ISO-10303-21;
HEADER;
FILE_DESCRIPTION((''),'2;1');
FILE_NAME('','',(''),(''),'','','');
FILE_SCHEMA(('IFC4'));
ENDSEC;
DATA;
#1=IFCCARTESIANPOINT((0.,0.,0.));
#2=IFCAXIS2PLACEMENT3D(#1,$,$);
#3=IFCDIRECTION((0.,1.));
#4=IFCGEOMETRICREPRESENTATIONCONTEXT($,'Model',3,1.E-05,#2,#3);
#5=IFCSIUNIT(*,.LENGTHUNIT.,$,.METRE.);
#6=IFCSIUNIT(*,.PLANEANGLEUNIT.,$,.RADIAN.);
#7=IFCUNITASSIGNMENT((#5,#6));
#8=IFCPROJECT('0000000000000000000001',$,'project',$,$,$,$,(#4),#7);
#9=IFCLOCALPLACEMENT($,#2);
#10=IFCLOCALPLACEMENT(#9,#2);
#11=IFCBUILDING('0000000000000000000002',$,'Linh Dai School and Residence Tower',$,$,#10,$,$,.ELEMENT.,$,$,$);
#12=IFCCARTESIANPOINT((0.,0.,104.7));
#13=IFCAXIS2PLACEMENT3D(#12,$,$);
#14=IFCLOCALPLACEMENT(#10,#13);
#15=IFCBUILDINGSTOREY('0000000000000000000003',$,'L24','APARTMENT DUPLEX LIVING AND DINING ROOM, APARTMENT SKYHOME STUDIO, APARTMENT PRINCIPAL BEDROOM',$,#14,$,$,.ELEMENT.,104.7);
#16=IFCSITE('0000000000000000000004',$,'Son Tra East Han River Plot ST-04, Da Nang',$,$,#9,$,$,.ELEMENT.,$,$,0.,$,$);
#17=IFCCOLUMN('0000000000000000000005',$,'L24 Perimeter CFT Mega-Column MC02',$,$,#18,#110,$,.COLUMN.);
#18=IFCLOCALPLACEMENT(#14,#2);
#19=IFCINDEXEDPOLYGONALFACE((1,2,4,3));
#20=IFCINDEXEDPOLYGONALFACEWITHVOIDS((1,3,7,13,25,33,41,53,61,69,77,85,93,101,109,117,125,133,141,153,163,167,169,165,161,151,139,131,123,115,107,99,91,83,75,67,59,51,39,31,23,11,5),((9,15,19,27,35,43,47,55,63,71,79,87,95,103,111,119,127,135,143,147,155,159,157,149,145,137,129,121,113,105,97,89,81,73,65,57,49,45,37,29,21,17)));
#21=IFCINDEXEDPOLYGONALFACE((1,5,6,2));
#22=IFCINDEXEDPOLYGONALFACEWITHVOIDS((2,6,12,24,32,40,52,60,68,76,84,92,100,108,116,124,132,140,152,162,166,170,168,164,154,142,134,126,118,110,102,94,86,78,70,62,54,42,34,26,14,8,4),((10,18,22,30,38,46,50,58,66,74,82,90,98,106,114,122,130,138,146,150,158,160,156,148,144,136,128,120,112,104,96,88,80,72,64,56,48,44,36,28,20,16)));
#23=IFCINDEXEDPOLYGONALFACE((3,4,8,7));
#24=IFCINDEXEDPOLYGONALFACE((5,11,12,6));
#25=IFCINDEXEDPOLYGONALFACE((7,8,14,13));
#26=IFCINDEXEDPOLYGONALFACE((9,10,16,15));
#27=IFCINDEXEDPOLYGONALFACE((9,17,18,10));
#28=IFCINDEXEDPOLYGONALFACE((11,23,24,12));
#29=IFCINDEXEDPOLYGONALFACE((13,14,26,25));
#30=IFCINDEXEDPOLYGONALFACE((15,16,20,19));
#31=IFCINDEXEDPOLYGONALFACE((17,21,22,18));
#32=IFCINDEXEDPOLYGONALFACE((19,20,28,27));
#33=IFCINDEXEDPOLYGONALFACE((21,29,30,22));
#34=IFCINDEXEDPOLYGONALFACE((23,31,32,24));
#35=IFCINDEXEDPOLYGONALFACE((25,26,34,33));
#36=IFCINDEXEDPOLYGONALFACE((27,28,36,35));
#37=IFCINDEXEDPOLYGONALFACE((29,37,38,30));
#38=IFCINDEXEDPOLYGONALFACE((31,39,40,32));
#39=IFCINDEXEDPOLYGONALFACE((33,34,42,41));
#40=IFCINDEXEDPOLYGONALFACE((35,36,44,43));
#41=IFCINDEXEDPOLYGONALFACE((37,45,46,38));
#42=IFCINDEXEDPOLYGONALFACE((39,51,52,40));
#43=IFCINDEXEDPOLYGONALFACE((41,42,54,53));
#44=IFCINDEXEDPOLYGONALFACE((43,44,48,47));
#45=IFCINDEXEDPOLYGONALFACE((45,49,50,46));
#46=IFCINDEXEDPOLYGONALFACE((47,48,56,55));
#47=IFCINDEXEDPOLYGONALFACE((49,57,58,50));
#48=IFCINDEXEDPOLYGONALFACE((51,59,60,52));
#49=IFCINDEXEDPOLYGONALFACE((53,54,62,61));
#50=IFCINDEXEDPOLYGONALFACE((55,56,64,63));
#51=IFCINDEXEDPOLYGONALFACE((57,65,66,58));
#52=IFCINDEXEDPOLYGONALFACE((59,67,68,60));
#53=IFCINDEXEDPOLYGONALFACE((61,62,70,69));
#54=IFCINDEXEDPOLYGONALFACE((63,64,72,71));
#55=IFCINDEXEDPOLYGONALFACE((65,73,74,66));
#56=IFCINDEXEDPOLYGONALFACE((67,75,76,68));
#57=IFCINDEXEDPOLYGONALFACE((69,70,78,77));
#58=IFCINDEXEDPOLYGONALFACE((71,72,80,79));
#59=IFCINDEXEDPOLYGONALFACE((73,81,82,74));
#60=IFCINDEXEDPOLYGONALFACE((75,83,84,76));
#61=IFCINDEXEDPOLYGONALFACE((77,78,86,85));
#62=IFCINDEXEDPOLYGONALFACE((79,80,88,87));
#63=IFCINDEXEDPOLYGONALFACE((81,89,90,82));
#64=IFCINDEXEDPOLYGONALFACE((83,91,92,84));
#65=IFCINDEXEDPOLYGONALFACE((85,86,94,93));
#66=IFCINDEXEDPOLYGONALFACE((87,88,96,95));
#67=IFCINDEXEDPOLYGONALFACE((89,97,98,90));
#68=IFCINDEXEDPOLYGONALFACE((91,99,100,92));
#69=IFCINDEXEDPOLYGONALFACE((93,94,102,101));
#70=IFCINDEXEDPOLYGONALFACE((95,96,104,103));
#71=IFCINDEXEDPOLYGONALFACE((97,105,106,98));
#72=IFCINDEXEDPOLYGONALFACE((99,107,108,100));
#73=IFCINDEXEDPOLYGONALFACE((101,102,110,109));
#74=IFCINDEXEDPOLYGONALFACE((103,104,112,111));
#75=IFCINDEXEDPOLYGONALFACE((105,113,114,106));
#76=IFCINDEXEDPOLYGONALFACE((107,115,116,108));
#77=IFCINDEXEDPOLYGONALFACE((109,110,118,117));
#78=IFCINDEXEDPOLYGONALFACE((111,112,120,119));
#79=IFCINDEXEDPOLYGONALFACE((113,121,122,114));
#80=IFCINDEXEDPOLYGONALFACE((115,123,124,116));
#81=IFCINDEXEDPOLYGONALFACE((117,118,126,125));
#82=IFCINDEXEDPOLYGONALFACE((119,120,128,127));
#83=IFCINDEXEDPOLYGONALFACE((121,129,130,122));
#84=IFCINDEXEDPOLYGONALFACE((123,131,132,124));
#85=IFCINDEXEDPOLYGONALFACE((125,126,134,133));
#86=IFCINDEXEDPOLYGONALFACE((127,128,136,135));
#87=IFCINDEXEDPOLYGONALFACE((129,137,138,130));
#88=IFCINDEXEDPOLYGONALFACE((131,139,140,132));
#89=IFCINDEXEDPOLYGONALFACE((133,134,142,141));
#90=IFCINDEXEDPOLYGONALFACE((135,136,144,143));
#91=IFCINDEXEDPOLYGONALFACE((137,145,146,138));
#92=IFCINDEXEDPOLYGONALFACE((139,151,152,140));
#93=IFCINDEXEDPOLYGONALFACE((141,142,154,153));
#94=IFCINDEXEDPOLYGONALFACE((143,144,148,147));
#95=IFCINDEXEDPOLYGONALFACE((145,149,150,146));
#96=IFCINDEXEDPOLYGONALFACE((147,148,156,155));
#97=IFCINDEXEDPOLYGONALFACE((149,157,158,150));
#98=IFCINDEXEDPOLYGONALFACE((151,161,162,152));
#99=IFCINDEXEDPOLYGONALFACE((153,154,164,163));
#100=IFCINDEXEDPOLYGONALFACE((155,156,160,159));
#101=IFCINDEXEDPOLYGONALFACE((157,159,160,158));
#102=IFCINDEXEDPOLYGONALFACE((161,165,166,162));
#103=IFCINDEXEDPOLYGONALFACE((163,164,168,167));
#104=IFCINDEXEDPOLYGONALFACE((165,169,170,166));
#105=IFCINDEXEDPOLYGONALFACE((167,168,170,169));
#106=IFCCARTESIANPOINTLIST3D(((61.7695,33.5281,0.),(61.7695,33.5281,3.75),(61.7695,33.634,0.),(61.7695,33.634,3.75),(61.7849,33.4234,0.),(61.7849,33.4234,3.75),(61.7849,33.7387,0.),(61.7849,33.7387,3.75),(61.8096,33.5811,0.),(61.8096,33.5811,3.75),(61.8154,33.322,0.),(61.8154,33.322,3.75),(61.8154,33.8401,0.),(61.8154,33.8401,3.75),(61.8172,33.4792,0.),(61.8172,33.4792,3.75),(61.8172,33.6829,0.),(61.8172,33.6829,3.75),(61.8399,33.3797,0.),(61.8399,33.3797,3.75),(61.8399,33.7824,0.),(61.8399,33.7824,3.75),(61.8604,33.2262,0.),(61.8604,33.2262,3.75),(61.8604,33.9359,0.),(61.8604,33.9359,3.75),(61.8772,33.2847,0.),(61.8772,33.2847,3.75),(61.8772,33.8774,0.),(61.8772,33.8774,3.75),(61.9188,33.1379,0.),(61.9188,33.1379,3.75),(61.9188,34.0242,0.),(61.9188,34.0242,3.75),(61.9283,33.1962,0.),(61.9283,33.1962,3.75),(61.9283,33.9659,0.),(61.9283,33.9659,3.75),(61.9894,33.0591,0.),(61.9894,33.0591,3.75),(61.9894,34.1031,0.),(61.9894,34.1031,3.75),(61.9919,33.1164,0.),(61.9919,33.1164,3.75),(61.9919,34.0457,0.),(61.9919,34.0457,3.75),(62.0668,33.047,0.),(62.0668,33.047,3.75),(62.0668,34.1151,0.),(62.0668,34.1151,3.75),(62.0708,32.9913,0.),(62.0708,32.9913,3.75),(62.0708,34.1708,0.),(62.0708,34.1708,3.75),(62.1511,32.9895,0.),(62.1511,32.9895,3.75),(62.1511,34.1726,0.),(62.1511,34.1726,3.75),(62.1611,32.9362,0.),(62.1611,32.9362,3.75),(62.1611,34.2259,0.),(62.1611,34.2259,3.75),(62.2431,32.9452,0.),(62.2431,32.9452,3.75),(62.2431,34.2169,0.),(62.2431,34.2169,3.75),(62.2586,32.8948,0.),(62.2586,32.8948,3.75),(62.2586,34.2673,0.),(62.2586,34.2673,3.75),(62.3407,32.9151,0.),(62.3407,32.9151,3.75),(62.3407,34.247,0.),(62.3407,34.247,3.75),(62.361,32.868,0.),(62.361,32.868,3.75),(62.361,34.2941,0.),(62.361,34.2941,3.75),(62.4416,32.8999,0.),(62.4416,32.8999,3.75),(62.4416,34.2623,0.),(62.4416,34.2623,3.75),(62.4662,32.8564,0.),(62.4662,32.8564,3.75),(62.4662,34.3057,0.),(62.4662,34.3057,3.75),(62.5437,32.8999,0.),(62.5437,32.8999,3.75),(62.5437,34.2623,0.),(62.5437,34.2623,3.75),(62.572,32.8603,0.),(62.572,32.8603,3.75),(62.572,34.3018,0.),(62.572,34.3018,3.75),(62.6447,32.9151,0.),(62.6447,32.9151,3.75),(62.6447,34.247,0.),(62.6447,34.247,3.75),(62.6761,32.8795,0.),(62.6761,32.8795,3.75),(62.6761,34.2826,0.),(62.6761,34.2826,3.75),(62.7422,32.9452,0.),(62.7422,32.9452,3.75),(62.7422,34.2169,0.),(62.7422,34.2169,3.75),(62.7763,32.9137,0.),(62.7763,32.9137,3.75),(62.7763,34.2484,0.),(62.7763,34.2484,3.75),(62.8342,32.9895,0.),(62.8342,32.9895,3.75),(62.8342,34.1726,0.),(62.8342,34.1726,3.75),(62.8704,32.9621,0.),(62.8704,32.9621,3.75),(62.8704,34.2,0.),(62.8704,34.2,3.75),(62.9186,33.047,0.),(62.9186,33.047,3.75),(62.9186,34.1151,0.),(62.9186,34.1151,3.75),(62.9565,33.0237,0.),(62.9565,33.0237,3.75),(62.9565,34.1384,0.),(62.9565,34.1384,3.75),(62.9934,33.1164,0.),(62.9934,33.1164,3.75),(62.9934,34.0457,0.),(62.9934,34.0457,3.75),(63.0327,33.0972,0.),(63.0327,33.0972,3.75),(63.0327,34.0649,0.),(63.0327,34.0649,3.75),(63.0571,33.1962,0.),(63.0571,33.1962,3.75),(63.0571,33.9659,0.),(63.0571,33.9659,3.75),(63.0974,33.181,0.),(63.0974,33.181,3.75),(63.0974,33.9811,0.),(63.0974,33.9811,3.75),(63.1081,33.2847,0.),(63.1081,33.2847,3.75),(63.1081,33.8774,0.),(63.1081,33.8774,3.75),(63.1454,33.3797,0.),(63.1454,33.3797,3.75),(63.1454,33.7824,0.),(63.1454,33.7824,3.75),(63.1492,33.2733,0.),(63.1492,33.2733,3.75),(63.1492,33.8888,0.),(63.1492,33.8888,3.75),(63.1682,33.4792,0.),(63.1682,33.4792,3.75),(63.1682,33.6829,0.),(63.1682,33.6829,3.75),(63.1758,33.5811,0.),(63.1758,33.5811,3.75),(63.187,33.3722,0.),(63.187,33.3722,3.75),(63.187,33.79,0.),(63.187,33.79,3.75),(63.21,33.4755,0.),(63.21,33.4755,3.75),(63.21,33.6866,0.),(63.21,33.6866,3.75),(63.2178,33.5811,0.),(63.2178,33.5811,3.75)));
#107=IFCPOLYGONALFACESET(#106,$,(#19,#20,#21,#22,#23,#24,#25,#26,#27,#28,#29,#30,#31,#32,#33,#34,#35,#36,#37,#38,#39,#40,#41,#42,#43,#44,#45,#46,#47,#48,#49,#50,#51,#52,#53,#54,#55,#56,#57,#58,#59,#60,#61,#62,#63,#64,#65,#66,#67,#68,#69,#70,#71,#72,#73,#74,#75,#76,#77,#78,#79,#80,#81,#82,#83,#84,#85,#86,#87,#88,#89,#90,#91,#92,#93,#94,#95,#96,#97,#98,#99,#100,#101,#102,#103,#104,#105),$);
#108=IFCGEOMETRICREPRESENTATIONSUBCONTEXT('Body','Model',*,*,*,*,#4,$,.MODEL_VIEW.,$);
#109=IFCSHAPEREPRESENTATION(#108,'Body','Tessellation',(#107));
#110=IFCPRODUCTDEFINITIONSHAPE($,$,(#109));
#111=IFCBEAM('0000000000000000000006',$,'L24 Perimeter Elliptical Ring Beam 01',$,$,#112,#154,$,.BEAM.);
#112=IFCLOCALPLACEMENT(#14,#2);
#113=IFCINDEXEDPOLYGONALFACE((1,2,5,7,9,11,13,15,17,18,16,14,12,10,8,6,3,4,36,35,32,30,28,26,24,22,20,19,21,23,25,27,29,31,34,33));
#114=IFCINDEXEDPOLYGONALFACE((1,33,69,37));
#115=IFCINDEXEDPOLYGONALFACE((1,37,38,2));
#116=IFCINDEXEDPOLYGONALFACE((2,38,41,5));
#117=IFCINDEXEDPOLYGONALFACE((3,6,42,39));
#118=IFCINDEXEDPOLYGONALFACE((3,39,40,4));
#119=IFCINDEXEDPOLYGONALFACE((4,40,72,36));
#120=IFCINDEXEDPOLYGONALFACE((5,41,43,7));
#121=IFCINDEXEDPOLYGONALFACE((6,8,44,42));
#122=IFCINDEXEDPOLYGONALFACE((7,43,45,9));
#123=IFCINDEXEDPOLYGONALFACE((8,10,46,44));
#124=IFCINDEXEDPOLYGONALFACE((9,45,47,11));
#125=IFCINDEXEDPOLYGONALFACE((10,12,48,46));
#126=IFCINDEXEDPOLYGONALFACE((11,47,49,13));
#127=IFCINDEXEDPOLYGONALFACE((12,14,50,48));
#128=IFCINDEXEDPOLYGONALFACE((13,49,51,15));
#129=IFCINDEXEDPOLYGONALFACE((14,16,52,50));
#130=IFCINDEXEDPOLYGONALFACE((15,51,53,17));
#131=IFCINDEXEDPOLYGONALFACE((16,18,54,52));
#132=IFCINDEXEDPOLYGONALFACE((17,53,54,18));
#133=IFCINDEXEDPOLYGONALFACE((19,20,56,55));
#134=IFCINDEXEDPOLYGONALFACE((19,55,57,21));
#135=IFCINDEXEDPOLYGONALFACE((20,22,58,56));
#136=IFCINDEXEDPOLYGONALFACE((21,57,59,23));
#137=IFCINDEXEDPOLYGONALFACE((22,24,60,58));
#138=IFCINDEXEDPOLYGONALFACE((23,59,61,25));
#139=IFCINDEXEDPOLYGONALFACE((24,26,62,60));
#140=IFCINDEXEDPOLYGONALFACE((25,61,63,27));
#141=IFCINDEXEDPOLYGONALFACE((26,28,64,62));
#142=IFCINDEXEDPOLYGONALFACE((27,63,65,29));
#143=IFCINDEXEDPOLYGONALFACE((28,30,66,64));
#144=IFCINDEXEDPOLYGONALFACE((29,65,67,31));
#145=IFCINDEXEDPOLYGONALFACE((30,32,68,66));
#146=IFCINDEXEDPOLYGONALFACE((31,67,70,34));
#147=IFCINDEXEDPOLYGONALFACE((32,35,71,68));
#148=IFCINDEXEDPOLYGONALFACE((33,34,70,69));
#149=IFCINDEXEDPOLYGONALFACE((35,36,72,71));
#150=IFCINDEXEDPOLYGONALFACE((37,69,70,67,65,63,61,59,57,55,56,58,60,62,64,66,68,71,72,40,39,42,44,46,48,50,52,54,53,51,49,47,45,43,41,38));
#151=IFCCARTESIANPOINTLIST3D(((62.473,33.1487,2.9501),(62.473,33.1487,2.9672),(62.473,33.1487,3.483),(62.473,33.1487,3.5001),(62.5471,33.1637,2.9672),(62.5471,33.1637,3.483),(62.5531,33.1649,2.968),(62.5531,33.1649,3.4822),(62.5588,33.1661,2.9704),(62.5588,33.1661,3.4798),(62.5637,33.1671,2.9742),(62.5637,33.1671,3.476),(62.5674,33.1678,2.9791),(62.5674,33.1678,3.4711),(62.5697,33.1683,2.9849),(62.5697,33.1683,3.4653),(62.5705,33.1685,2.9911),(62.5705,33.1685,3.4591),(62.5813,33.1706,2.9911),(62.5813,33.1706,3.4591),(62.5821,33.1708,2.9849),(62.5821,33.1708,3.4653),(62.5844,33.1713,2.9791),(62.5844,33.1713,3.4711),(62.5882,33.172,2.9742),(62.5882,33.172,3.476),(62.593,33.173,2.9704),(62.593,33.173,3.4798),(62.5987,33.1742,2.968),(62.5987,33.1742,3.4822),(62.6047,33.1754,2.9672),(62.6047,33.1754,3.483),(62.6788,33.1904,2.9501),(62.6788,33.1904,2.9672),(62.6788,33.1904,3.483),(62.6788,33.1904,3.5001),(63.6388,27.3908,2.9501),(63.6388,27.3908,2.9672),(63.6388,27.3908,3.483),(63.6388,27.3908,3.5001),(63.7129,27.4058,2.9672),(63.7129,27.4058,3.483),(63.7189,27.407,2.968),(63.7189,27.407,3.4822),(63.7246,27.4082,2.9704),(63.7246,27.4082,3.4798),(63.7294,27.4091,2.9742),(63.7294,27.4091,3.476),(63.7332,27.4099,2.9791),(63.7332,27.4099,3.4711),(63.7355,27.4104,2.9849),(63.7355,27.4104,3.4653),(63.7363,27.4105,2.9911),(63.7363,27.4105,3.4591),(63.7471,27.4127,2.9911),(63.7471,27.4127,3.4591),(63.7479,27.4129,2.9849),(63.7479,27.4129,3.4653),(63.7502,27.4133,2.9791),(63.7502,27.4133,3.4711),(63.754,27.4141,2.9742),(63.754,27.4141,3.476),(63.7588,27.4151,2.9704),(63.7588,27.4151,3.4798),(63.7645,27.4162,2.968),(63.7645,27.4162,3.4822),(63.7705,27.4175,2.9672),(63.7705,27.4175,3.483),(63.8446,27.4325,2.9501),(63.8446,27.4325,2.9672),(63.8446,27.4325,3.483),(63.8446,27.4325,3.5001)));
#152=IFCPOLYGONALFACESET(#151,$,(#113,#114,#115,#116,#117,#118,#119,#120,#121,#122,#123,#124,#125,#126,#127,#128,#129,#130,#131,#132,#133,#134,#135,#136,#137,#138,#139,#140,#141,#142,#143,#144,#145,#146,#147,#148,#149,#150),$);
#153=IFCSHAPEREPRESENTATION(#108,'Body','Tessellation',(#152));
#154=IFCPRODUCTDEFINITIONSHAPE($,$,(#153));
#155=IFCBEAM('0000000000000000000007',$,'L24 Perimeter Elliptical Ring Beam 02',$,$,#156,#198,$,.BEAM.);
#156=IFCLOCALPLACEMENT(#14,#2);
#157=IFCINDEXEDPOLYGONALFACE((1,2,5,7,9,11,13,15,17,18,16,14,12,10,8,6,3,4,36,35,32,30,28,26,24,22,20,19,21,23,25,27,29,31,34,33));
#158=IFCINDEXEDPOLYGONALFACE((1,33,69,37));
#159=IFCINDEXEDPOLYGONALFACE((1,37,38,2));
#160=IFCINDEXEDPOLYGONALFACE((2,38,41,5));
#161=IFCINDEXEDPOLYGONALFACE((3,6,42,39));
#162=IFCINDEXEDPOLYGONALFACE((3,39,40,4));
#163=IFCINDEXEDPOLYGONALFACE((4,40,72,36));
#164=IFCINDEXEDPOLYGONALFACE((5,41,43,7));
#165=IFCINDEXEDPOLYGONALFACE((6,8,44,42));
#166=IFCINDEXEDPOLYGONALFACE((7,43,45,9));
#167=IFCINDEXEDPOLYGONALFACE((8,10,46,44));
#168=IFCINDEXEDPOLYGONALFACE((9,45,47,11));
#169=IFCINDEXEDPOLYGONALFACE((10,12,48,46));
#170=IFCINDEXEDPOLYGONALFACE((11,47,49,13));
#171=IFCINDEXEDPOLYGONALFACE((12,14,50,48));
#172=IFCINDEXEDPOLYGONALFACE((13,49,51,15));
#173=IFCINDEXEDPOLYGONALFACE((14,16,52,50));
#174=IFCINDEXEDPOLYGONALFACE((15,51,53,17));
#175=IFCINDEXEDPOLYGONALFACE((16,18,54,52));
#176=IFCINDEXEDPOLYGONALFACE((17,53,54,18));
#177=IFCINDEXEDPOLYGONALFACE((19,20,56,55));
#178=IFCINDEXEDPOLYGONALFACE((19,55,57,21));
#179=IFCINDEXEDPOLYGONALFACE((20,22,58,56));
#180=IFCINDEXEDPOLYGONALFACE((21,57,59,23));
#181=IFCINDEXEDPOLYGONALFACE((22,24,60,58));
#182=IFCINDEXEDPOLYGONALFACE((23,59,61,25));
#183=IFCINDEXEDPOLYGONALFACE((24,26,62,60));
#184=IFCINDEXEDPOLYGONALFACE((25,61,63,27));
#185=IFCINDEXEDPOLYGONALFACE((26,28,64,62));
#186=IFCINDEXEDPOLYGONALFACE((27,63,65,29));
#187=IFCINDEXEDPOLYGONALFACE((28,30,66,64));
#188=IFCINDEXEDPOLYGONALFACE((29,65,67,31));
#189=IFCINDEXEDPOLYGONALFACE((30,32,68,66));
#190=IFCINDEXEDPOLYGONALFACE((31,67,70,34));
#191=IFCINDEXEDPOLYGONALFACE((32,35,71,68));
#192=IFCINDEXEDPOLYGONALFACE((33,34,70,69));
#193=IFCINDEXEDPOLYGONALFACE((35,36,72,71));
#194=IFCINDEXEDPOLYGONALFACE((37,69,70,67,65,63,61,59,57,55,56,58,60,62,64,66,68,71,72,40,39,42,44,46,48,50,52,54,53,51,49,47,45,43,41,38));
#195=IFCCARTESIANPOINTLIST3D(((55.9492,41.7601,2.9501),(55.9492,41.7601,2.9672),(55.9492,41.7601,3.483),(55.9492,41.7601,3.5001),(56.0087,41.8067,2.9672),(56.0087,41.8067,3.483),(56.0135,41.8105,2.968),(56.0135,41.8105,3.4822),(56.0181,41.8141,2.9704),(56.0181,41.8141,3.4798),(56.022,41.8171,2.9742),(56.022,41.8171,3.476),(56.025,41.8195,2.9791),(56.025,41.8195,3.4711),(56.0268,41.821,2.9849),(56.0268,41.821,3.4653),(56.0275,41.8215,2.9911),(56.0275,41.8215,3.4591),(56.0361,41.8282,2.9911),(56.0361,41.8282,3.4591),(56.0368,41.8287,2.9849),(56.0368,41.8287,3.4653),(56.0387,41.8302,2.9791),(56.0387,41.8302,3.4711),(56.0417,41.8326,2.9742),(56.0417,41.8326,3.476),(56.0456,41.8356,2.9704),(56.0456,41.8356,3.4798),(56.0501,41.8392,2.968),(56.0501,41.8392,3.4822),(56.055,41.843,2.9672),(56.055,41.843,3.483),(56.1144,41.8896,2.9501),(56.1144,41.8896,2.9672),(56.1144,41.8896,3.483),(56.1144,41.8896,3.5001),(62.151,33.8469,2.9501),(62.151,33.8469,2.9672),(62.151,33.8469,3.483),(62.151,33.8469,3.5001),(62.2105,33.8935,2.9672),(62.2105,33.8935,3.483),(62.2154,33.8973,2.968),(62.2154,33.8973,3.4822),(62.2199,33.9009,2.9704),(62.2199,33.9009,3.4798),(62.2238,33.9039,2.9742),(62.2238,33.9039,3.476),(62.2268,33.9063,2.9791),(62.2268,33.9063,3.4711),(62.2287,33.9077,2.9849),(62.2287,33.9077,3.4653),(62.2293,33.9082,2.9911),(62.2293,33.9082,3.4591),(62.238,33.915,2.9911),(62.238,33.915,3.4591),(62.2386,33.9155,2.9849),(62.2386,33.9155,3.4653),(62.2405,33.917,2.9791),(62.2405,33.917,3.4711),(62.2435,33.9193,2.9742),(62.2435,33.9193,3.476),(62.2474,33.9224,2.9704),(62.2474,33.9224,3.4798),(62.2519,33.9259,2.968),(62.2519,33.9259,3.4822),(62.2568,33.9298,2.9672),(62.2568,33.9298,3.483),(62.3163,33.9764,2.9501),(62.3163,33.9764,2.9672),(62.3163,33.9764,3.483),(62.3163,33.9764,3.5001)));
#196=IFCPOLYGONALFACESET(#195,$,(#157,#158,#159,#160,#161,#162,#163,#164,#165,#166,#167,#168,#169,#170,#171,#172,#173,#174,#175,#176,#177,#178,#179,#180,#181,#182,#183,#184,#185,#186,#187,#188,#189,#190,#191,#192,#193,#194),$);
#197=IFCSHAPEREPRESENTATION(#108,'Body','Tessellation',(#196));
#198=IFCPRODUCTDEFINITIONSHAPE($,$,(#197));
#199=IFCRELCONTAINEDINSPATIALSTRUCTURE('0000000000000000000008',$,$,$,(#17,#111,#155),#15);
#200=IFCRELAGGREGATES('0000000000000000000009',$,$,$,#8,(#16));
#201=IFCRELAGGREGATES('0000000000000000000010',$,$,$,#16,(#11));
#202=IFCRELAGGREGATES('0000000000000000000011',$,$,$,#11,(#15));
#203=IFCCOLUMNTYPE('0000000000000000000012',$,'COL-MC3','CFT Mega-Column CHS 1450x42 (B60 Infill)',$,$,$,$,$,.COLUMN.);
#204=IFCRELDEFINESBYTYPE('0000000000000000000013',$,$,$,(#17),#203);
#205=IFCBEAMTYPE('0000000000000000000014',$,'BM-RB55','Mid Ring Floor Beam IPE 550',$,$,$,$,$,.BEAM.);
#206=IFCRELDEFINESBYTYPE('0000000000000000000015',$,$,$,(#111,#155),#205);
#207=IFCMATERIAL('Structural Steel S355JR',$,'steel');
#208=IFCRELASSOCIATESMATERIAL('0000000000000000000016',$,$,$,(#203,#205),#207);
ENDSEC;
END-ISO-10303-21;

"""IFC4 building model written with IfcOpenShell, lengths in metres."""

from ifc_helpers import new_model, si_unit, direction, frame, origin, origin_2d, place, context, subcontext, project, spatial, hollow_circle, i_section, extrude, material, material_profile, profile_set, type_object, element, save


model = new_model("IFC4")

# Units and contexts
model_context = context("Model", 3, precision=1e-05, world=origin(), true_north=direction((0.0, 1.0)))
body_context = subcontext(model_context, "Body", "Model", "MODEL_VIEW")
ifc_project = project(units=[si_unit("LENGTHUNIT", "METRE"), si_unit("PLANEANGLEUNIT", "RADIAN")], contexts=[model_context])

# Site, building, storey
site_placement = place(None, origin())
site = spatial("IfcSite", under=ifc_project, at=site_placement, Name="Son Tra East Han River Plot ST-04, Da Nang", CompositionType="ELEMENT", RefElevation=0.0)
building_placement = place(site_placement, origin())
building = spatial("IfcBuilding", under=site, at=building_placement, Name="Linh Dai School and Residence Tower", CompositionType="ELEMENT")
storey_placement = place(building_placement, frame((0.0, 0.0, 104.7)))
storey = spatial("IfcBuildingStorey", under=building, at=storey_placement, Name="L24", Description="APARTMENT DUPLEX LIVING AND DINING ROOM, APARTMENT SKYHOME STUDIO, APARTMENT PRINCIPAL BEDROOM", CompositionType="ELEMENT", Elevation=104.7)

# Column
ifc_material_1 = material(Name="Structural Steel S355JR", Category="steel")
ifc_material_profile_1 = material_profile(ifc_material_1, hollow_circle(Radius=0.7251, WallThickness=0.042, at=origin_2d()), Name="CHS 1450x42")
ifc_profile_set_1 = profile_set([ifc_material_profile_1], Name="Structural Steel S355JR")
column_type_1 = type_object("IfcColumnType", Name="COL-MC3", Description="CFT Mega-Column CHS 1450x42 (B60 Infill)", PredefinedType="COLUMN", material=ifc_profile_set_1)
for number, where, z_axis, x_axis, name in (
    (1, (62.4927, 33.5811, 0.0), (0.0, 0.0, 1.0), (1.0, 0.0, 0.0), "L24 Perimeter CFT Mega-Column MC02"),
):
    element("IfcColumn", number, at=place(storey_placement, frame(where, z_axis=z_axis, x_axis=x_axis)), inside=storey, type_object=column_type_1, Name=name, PredefinedType="COLUMN", context=body_context, shape_type="SweptSolid", body=[
        extrude(hollow_circle(Radius=0.7251, WallThickness=0.042, at=origin_2d()), origin(), (0.0, 0.0, 1.0), 3.75),
    ])

# Beams
ifc_material_profile_2 = material_profile(ifc_material_1, i_section(OverallWidth=0.21, OverallDepth=0.55, WebThickness=0.011, FlangeThickness=0.0171, FilletRadius=0.0239, at=origin_2d()), Name="IPE 550")
ifc_profile_set_2 = profile_set([ifc_material_profile_2], Name="Structural Steel S355JR")
beam_type_1 = type_object("IfcBeamType", Name="BM-RB55", Description="Mid Ring Floor Beam IPE 550", PredefinedType="BEAM", material=ifc_profile_set_2)
beam_1_placement = place(storey_placement, frame((63.7417, 27.4116, 3.2251), z_axis=(-0.198441, 0.980113, 0.0), x_axis=(-0.980113, -0.198441, 0.0)))
element("IfcBeam", 2, at=beam_1_placement, inside=storey, type_object=beam_type_1, Name="L24 Perimeter Elliptical Ring Beam 01", PredefinedType="BEAM", context=body_context, shape_type="SweptSolid", body=[
    extrude(i_section(OverallWidth=0.21, OverallDepth=0.55, WebThickness=0.011, FlangeThickness=0.0171, FilletRadius=0.0239, at=origin_2d()), origin(), (0.0, 0.0, 1.0), 5.8748),
])
beam_2_placement = place(storey_placement, frame((62.2336, 33.9116, 3.2251), z_axis=(-0.616855, 0.787077, 0.0), x_axis=(-0.787077, -0.616855, 0.0)))
element("IfcBeam", 3, at=beam_2_placement, inside=storey, type_object=beam_type_1, Name="L24 Perimeter Elliptical Ring Beam 02", PredefinedType="BEAM", context=body_context, shape_type="SweptSolid", body=[
    extrude(i_section(OverallWidth=0.21, OverallDepth=0.55, WebThickness=0.011, FlangeThickness=0.0171, FilletRadius=0.0239, at=origin_2d()), origin(), (0.0, 0.0, 1.0), 10.054),
])

save(model, "model.ifc")
